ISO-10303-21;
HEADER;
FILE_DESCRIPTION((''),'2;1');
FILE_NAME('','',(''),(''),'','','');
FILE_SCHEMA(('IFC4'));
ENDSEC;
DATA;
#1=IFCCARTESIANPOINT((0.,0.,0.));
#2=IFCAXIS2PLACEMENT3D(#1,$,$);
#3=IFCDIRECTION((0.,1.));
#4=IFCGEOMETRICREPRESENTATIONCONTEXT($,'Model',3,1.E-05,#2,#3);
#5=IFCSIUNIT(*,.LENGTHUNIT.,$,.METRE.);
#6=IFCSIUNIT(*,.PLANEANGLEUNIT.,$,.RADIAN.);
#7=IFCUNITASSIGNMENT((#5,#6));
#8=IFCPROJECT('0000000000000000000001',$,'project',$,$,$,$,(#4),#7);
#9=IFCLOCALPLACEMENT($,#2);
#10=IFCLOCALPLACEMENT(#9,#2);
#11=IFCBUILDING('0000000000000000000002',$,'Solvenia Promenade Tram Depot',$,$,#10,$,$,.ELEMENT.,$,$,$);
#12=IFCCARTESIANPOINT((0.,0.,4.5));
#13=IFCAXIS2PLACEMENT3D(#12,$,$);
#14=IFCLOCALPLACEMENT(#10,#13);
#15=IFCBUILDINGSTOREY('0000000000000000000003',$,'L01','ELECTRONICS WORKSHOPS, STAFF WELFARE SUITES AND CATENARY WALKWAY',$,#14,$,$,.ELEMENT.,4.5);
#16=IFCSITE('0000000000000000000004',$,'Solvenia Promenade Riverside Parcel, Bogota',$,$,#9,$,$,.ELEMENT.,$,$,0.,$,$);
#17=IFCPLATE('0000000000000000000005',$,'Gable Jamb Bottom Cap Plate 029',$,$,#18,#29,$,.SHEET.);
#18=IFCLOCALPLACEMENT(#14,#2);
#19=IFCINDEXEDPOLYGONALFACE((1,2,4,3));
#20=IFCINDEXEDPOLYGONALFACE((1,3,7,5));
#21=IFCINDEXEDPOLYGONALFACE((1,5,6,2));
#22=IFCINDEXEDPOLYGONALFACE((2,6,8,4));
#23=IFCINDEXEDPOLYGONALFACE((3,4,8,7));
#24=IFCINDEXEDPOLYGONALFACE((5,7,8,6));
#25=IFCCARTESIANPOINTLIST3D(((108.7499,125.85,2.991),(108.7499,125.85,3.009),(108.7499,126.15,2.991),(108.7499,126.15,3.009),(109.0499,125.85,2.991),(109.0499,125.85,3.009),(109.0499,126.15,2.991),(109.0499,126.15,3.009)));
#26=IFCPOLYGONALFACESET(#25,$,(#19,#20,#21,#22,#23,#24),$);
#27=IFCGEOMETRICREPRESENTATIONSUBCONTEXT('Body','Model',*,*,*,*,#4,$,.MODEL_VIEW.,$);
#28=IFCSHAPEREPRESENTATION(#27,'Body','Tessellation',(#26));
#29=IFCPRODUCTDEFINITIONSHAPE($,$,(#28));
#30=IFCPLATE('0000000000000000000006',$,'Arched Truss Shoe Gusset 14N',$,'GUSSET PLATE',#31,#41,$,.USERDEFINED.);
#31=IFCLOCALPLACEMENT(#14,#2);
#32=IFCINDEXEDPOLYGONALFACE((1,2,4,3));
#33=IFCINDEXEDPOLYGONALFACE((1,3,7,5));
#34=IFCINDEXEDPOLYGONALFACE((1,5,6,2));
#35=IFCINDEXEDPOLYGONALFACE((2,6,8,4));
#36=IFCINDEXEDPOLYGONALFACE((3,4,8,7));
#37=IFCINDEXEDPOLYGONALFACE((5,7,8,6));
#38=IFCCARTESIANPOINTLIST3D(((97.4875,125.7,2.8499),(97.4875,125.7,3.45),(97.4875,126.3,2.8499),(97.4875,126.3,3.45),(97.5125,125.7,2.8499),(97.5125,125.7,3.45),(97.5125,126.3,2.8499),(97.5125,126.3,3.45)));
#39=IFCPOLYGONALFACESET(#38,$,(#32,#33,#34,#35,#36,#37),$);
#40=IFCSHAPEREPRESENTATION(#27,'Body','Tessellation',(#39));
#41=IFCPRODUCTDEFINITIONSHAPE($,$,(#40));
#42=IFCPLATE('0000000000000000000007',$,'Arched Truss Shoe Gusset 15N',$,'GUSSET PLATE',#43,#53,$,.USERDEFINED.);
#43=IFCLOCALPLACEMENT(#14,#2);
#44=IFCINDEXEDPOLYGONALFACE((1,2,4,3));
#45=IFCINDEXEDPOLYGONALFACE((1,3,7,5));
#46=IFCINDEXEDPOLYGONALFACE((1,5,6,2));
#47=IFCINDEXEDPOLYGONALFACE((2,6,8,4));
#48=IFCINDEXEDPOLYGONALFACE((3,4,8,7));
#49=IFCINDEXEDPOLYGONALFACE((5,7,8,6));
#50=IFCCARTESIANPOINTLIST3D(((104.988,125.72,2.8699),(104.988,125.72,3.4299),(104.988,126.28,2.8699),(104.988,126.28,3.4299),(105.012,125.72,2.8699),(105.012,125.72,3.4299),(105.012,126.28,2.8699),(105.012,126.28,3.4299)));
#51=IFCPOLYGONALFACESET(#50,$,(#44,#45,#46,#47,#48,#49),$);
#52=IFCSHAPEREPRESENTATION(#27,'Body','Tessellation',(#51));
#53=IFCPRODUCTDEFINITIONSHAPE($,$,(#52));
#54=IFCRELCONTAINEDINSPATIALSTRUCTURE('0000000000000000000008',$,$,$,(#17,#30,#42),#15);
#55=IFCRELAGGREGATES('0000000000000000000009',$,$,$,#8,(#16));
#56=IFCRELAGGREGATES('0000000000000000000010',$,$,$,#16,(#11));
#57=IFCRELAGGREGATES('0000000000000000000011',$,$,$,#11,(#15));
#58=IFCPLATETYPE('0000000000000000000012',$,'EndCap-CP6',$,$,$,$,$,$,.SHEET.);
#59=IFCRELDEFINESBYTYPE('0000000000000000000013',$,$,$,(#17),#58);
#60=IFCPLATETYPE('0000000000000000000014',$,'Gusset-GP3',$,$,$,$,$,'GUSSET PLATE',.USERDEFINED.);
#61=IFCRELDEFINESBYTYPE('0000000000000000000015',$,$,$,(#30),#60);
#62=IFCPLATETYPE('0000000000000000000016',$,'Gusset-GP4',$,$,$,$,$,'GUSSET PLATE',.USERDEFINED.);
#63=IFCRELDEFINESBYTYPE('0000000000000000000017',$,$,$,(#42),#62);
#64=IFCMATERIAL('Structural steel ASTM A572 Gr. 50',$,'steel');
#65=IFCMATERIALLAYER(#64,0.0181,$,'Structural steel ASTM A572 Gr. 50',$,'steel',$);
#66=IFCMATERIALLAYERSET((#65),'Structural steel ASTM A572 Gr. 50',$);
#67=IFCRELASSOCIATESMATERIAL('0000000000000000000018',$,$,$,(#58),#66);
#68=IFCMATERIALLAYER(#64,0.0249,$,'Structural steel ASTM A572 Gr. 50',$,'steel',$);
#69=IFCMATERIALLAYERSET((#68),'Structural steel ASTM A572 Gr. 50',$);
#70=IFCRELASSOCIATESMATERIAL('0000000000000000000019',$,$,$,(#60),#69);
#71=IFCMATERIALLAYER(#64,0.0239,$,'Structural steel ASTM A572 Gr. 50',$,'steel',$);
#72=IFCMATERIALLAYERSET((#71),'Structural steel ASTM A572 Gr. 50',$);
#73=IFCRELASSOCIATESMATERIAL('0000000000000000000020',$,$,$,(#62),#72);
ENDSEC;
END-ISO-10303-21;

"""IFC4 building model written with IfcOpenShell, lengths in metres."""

from ifc_helpers import new_model, si_unit, direction, frame, origin, origin_2d, place, context, subcontext, project, spatial, rectangle, extrude, material, layer, layer_set, type_object, element, save


model = new_model("IFC4")

# Units and contexts
model_context = context("Model", 3, precision=1e-05, world=origin(), true_north=direction((0.0, 1.0)))
body_context = subcontext(model_context, "Body", "Model", "MODEL_VIEW")
ifc_project = project(units=[si_unit("LENGTHUNIT", "METRE"), si_unit("PLANEANGLEUNIT", "RADIAN")], contexts=[model_context])

# Site, building, storey
site_placement = place(None, origin())
site = spatial("IfcSite", under=ifc_project, at=site_placement, Name="Solvenia Promenade Riverside Parcel, Bogota", CompositionType="ELEMENT", RefElevation=0.0)
building_placement = place(site_placement, origin())
building = spatial("IfcBuilding", under=site, at=building_placement, Name="Solvenia Promenade Tram Depot", CompositionType="ELEMENT")
storey_placement = place(building_placement, frame((0.0, 0.0, 4.5)))
storey = spatial("IfcBuildingStorey", under=building, at=storey_placement, Name="L01", Description="ELECTRONICS WORKSHOPS, STAFF WELFARE SUITES AND CATENARY WALKWAY", CompositionType="ELEMENT", Elevation=4.5)

# Plates
ifc_material_1 = material(Name="Structural steel ASTM A572 Gr. 50", Category="steel")
ifc_layer_1 = layer(ifc_material_1, 0.0181, Name="Structural steel ASTM A572 Gr. 50", Category="steel")
ifc_layer_set_1 = layer_set([ifc_layer_1], Name="Structural steel ASTM A572 Gr. 50")
plate_type_1 = type_object("IfcPlateType", Name="EndCap-CP6", PredefinedType="SHEET", material=ifc_layer_set_1)
plate_1_placement = place(storey_placement, frame((108.8999, 126.0, 2.991), z_axis=(0.0, 0.0, 1.0), x_axis=(1.0, 0.0, 0.0)))
element("IfcPlate", 1, at=plate_1_placement, inside=storey, type_object=plate_type_1, Name="Gable Jamb Bottom Cap Plate 029", PredefinedType="SHEET", context=body_context, shape_type="SweptSolid", body=[
    extrude(rectangle(XDim=0.3, YDim=0.3, at=origin_2d()), origin(), (0.0, 0.0, 1.0), 0.0181),
])
ifc_layer_2 = layer(ifc_material_1, 0.0249, Name="Structural steel ASTM A572 Gr. 50", Category="steel")
ifc_layer_set_2 = layer_set([ifc_layer_2], Name="Structural steel ASTM A572 Gr. 50")
plate_type_2 = type_object("IfcPlateType", Name="Gusset-GP3", ElementType="GUSSET PLATE", PredefinedType="USERDEFINED", material=ifc_layer_set_2)
plate_2_placement = place(storey_placement, frame((97.5, 126.0, 2.8499), z_axis=(0.0, 0.0, 1.0), x_axis=(1.0, 0.0, 0.0)))
element("IfcPlate", 2, at=plate_2_placement, inside=storey, type_object=plate_type_2, Name="Arched Truss Shoe Gusset 14N", ObjectType="GUSSET PLATE", PredefinedType="USERDEFINED", context=body_context, shape_type="SweptSolid", body=[
    extrude(rectangle(XDim=0.0249, YDim=0.6001, at=origin_2d()), origin(), (0.0, 0.0, 1.0), 0.6001),
])
ifc_layer_3 = layer(ifc_material_1, 0.0239, Name="Structural steel ASTM A572 Gr. 50", Category="steel")
ifc_layer_set_3 = layer_set([ifc_layer_3], Name="Structural steel ASTM A572 Gr. 50")
plate_type_3 = type_object("IfcPlateType", Name="Gusset-GP4", ElementType="GUSSET PLATE", PredefinedType="USERDEFINED", material=ifc_layer_set_3)
plate_3_placement = place(storey_placement, frame((105.0, 126.0, 2.8699), z_axis=(0.0, 0.0, 1.0), x_axis=(1.0, 0.0, 0.0)))
element("IfcPlate", 3, at=plate_3_placement, inside=storey, type_object=plate_type_3, Name="Arched Truss Shoe Gusset 15N", ObjectType="GUSSET PLATE", PredefinedType="USERDEFINED", context=body_context, shape_type="SweptSolid", body=[
    extrude(rectangle(XDim=0.0239, YDim=0.5601, at=origin_2d()), origin(), (0.0, 0.0, 1.0), 0.5601),
])

save(model, "model.ifc")
